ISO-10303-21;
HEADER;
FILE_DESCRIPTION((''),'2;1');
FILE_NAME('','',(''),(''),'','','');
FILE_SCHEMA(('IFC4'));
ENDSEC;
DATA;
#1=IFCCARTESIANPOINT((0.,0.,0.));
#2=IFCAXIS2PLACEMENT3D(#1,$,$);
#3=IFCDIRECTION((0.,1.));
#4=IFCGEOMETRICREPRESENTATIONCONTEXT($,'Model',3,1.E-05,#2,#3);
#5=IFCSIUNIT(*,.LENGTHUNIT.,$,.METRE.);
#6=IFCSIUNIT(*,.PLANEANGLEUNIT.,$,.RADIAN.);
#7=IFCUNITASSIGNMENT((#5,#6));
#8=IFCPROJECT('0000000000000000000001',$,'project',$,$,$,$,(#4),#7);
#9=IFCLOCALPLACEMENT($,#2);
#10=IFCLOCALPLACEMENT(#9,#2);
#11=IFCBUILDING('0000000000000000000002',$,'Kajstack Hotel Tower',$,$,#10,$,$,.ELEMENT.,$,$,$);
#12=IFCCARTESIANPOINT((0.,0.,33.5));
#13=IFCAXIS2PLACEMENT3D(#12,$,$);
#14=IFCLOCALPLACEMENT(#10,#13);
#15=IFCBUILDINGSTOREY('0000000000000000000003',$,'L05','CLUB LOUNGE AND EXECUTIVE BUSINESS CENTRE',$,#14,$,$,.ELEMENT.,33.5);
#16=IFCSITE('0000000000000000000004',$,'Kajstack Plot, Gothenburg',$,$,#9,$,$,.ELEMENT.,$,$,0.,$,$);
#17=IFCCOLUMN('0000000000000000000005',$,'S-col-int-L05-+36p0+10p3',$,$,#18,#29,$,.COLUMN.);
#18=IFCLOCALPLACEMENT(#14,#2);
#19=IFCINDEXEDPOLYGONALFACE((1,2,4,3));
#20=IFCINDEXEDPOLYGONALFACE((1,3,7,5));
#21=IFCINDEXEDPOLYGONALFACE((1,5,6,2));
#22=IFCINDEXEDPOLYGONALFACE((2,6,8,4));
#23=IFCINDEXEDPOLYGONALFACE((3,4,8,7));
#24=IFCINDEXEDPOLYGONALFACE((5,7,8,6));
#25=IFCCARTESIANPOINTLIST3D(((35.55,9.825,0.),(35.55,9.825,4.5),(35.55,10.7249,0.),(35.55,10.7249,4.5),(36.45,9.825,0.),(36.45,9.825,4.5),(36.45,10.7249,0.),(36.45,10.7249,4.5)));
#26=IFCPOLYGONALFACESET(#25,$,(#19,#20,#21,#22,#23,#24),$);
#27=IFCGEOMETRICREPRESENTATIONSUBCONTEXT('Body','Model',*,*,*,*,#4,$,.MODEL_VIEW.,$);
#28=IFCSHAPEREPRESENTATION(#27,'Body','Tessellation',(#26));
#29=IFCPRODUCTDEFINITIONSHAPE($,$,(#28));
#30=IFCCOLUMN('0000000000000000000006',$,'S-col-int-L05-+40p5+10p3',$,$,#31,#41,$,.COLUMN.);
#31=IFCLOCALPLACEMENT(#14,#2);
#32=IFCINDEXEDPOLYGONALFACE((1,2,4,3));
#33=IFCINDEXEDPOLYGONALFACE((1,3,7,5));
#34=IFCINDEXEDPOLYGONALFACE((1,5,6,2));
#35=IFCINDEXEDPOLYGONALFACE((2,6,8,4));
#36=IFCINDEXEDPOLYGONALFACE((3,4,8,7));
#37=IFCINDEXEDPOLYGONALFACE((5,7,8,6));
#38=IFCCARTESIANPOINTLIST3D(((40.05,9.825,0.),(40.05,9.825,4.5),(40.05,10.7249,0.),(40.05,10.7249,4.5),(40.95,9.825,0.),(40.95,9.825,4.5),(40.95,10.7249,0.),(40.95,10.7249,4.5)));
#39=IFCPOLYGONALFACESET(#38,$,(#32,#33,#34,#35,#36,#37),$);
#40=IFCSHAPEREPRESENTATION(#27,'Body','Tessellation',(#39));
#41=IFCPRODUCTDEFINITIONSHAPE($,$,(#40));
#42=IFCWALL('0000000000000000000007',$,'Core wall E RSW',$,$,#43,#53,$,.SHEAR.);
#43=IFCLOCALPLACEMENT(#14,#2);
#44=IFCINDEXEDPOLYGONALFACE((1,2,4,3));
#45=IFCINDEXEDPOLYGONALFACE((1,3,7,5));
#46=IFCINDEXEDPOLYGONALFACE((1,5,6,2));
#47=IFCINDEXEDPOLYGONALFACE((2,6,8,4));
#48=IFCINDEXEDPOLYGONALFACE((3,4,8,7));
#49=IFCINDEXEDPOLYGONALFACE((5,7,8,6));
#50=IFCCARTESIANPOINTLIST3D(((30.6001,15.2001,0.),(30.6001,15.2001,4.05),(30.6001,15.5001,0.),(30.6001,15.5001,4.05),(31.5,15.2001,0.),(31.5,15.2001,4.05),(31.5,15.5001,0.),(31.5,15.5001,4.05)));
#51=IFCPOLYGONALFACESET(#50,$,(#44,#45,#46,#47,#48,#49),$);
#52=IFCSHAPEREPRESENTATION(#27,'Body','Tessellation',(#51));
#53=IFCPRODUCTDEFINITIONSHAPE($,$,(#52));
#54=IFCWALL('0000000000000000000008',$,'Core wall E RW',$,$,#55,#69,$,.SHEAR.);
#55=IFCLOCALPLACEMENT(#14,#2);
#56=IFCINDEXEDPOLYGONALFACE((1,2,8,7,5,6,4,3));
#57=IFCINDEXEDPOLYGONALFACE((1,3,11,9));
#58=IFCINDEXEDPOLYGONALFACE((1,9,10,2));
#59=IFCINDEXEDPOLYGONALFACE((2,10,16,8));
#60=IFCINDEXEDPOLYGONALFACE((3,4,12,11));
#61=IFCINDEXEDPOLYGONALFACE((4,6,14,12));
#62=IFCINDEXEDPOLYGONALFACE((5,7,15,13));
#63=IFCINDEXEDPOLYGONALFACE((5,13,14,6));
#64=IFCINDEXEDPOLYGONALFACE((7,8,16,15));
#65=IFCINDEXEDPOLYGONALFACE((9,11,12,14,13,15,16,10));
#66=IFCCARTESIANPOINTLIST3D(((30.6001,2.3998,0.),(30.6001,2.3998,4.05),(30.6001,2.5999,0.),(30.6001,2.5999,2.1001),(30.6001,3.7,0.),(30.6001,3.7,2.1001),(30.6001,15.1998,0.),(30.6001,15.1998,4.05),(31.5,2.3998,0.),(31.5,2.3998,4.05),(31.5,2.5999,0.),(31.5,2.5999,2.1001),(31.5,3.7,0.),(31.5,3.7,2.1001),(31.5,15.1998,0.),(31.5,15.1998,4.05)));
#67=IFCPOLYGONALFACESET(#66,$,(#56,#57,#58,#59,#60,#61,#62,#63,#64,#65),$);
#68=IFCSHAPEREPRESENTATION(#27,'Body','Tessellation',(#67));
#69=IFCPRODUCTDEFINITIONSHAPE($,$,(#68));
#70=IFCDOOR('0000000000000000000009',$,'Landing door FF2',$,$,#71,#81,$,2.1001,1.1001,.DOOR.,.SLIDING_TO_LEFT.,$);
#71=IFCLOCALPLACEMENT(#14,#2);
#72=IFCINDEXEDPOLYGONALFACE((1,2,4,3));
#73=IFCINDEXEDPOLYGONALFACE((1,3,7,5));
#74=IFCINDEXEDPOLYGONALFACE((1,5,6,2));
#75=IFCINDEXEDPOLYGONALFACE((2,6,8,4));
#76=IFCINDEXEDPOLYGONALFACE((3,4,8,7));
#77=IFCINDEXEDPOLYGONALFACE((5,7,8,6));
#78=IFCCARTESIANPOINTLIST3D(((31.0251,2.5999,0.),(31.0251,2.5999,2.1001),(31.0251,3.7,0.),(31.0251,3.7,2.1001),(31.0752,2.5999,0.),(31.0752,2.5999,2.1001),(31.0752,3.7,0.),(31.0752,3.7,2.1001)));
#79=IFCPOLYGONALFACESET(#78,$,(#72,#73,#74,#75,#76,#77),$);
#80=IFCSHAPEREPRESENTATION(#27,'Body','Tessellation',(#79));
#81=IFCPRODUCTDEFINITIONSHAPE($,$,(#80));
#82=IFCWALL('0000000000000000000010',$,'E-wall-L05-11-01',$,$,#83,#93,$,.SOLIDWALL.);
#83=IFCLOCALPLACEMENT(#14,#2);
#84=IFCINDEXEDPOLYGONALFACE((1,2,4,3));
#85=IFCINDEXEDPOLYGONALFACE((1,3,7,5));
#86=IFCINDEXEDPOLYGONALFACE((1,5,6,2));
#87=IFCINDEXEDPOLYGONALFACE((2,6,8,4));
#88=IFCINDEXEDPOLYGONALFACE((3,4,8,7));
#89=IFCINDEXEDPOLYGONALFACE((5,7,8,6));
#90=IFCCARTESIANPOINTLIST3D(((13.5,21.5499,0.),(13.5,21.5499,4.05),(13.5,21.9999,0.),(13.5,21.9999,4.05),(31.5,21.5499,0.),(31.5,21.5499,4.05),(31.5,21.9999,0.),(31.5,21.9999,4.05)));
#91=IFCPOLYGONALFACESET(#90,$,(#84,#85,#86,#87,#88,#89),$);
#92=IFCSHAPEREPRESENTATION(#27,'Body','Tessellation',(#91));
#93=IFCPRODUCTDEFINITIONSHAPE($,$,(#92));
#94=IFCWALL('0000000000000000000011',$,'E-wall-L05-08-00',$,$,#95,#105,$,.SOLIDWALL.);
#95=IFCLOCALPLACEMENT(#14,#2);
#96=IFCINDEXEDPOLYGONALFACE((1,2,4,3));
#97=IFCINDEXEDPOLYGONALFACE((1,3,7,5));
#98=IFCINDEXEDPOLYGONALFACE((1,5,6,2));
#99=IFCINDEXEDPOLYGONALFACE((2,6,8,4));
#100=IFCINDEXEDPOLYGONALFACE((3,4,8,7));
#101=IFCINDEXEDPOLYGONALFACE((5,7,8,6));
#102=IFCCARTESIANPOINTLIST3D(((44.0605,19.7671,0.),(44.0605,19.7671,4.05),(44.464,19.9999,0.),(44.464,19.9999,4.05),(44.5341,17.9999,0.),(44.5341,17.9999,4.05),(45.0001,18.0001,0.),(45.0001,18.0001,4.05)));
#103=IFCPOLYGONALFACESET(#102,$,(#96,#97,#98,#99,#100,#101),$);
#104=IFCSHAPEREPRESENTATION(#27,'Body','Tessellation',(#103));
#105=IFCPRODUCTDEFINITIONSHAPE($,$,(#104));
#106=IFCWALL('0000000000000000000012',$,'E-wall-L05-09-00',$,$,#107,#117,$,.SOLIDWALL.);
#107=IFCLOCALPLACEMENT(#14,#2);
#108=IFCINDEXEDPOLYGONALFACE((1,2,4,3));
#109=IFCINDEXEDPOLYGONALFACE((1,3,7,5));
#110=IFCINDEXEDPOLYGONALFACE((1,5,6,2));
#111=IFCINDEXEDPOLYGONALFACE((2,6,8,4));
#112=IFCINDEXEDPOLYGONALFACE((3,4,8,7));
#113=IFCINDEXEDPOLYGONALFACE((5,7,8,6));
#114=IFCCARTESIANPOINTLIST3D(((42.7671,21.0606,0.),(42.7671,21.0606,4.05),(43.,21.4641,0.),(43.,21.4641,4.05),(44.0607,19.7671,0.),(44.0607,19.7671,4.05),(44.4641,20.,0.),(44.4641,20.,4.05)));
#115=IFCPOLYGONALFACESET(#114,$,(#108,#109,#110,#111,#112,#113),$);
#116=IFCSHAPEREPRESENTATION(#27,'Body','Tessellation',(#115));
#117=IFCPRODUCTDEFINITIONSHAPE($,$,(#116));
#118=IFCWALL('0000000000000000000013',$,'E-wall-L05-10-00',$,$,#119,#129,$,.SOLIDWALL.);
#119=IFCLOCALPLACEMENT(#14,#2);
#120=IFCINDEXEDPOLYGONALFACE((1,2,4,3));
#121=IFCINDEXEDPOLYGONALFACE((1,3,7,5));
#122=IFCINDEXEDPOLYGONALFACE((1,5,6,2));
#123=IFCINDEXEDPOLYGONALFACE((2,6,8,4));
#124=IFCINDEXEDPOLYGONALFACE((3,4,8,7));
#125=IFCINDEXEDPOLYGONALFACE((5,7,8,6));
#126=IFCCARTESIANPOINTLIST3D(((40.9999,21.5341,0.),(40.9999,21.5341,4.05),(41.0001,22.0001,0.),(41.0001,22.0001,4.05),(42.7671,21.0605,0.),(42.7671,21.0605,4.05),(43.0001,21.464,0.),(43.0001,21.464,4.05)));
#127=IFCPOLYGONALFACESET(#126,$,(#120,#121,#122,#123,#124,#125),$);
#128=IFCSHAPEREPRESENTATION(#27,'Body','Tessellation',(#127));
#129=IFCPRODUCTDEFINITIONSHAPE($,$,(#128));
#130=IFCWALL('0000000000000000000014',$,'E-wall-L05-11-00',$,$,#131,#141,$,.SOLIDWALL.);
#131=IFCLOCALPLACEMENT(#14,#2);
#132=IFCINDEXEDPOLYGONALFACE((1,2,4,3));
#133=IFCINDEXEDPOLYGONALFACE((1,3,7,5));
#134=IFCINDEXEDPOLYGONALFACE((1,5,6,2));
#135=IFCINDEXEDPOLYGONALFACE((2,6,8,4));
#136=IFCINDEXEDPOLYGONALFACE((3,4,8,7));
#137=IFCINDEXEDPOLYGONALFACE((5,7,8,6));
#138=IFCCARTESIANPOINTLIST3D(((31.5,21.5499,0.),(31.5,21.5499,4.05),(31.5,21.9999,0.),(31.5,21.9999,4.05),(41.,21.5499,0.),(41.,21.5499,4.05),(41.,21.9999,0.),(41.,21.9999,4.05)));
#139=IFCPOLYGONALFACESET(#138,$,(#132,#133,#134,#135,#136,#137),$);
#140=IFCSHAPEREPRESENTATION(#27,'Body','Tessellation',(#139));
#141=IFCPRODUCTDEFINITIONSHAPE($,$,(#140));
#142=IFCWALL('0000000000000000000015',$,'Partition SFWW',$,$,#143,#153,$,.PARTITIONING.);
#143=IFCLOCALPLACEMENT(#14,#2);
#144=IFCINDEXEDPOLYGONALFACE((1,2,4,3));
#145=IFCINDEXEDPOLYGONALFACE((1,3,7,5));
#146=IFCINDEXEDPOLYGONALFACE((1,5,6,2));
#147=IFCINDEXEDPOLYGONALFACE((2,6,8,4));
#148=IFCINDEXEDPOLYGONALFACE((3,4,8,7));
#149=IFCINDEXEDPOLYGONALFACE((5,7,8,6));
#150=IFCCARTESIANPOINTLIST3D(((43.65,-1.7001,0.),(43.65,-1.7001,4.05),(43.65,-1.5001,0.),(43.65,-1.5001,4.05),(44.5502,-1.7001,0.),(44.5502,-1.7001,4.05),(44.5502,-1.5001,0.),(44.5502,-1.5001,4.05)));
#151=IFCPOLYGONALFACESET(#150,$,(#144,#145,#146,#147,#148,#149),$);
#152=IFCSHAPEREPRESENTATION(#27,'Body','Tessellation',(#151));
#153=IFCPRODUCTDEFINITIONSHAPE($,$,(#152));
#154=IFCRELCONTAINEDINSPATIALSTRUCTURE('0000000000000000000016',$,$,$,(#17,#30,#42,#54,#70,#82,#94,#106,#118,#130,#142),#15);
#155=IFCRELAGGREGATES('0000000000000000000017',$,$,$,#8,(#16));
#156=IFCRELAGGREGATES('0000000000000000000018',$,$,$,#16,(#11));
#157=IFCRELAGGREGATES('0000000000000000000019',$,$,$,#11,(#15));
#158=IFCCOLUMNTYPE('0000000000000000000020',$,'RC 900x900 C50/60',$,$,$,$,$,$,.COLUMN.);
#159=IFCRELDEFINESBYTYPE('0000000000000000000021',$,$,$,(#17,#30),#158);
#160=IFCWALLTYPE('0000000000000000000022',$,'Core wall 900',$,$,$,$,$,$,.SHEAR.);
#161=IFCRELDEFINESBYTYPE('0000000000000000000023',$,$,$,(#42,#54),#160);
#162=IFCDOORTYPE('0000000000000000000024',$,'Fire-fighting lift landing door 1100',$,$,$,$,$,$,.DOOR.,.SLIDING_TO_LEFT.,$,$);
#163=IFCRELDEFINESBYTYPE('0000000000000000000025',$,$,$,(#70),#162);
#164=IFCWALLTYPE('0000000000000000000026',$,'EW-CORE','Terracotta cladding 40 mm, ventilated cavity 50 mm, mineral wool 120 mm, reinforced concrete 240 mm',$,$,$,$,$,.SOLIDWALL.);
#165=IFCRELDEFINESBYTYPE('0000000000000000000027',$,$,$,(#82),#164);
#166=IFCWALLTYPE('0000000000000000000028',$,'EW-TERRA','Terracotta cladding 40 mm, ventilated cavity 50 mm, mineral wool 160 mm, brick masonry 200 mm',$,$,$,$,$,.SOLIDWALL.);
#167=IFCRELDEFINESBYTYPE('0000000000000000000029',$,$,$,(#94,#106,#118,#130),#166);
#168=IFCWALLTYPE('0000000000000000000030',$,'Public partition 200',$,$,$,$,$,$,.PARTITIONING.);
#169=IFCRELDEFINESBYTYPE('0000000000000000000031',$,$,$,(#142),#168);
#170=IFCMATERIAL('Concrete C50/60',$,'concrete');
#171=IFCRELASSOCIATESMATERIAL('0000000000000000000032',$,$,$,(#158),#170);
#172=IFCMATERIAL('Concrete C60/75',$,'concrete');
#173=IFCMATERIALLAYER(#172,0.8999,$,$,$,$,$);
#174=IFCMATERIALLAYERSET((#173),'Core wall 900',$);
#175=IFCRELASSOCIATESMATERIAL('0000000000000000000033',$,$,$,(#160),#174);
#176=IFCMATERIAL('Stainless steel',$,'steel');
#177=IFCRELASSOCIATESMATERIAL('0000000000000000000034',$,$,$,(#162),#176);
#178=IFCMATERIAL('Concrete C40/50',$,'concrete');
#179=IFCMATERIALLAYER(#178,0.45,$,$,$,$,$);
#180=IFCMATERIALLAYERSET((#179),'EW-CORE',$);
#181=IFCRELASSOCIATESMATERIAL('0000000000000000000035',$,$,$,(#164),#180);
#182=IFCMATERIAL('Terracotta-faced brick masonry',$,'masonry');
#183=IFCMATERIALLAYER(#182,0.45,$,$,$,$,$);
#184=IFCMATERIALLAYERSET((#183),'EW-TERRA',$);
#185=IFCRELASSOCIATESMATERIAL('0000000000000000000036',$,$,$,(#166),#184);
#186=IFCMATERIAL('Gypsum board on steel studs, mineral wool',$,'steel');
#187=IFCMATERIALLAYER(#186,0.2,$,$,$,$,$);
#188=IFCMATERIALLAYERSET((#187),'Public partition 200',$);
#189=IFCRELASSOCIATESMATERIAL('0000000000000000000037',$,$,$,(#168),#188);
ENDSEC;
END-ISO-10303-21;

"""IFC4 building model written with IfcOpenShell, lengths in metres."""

from ifc_helpers import new_model, si_unit, direction, frame, frame_2d, origin, origin_2d, place, context, subcontext, project, spatial, polyline, rectangle, outline, extrude, material, layer, layer_set, material_profile, profile_set, type_object, element, fill, save


model = new_model("IFC4")

# Units and contexts
model_context = context("Model", 3, precision=1e-05, world=origin(), true_north=direction((0.0, 1.0)))
body_context = subcontext(model_context, "Body", "Model", "MODEL_VIEW")
ifc_project = project(units=[si_unit("LENGTHUNIT", "METRE"), si_unit("PLANEANGLEUNIT", "RADIAN")], contexts=[model_context])

# Site, building, storey
site_placement = place(None, origin())
site = spatial("IfcSite", under=ifc_project, at=site_placement, Name="Kajstack Plot, Gothenburg", CompositionType="ELEMENT", RefElevation=0.0)
building_placement = place(site_placement, origin())
building = spatial("IfcBuilding", under=site, at=building_placement, Name="Kajstack Hotel Tower", CompositionType="ELEMENT")
storey_placement = place(building_placement, frame((0.0, 0.0, 33.5)))
storey = spatial("IfcBuildingStorey", under=building, at=storey_placement, Name="L05", Description="CLUB LOUNGE AND EXECUTIVE BUSINESS CENTRE", CompositionType="ELEMENT", Elevation=33.5)

# Columns
ifc_material_1 = material(Name="Concrete C50/60", Category="concrete")
ifc_material_profile = material_profile(ifc_material_1, rectangle(XDim=0.8999, YDim=0.8999, at=origin_2d()), Name="RC 900x900")
ifc_profile_set = profile_set([ifc_material_profile], Name="Concrete C50/60")
column_type = type_object("IfcColumnType", Name="RC 900x900 C50/60", PredefinedType="COLUMN", material=ifc_profile_set)
for number, where, z_axis, x_axis, name in (
    (1, (36.0, 10.2749, 0.0), (0.0, 0.0, 1.0), (1.0, 0.0, 0.0), "S-col-int-L05-+36p0+10p3"),
    (2, (40.5, 10.2749, 0.0), (0.0, 0.0, 1.0), (1.0, 0.0, 0.0), "S-col-int-L05-+40p5+10p3"),
):
    element("IfcColumn", number, at=place(storey_placement, frame(where, z_axis=z_axis, x_axis=x_axis)), inside=storey, type_object=column_type, Name=name, PredefinedType="COLUMN", context=body_context, shape_type="SweptSolid", body=[
        extrude(rectangle(XDim=0.8999, YDim=0.8999, at=origin_2d()), origin(), (0.0, 0.0, 1.0), 4.5),
    ])

# Wall
ifc_material_2 = material(Name="Concrete C60/75", Category="concrete")
ifc_layer_1 = layer(ifc_material_2, 0.8999)
ifc_layer_set_1 = layer_set([ifc_layer_1], Name="Core wall 900")
wall_type_1 = type_object("IfcWallType", Name="Core wall 900", PredefinedType="SHEAR", material=ifc_layer_set_1)
wall_1_placement = place(storey_placement, frame((30.6001, 15.3501, 0.0), z_axis=(0.0, 0.0, 1.0), x_axis=(1.0, 0.0, 0.0)))
element("IfcWall", 3, at=wall_1_placement, inside=storey, type_object=wall_type_1, Name="Core wall E RSW", PredefinedType="SHEAR", context=body_context, shape_type="SweptSolid", body=[
    extrude(rectangle(XDim=0.8999, YDim=0.3, at=frame_2d((0.45, 0.0))), origin(), (0.0, 0.0, 1.0), 4.05),
])

# Wall, opening, door
wall_2_placement = place(storey_placement, frame((31.05, 2.3999, 0.0), z_axis=(0.0, 0.0, 1.0), x_axis=(0.0, 1.0, 0.0)))
wall_2 = element("IfcWall", 4, at=wall_2_placement, inside=storey, type_object=wall_type_1, Name="Core wall E RW", PredefinedType="SHEAR", context=body_context, shape_type="SweptSolid", body=[
    extrude(rectangle(XDim=12.8, YDim=0.8999, at=frame_2d((6.3999, 0.0))), origin(), (0.0, 0.0, 1.0), 4.05),
])
opening_1_placement = place(wall_2_placement, frame((0.2, 0.0, 0.0)))
opening_1 = element("IfcOpeningElement", 5, at=opening_1_placement, cuts=wall_2, PredefinedType="OPENING", context=body_context, shape_type="SweptSolid", body=[
    extrude(rectangle(XDim=1.1001, YDim=2.1001, at=frame_2d((0.55, 1.05))), frame((0.0, 0.46, 0.0), z_axis=(0.0, -1.0, 0.0), x_axis=(1.0, 0.0, 0.0)), (0.0, 0.0, 1.0), 0.9199),
])
ifc_material_3 = material(Name="Stainless steel", Category="steel")
door_type_1 = type_object("IfcDoorType", Name="Fire-fighting lift landing door 1100", OperationType="SLIDING_TO_LEFT", PredefinedType="DOOR", material=ifc_material_3)
door_1_placement = place(opening_1_placement, origin())
door_1 = element("IfcDoor", 6, at=door_1_placement, inside=storey, type_object=door_type_1, Name="Landing door FF2", OperationType="SLIDING_TO_LEFT", OverallHeight=2.1001, OverallWidth=1.1001, PredefinedType="DOOR", context=body_context, shape_type="SweptSolid", body=[
    extrude(rectangle(XDim=1.1001, YDim=2.1001, at=frame_2d((0.55, 1.05))), frame((0.0, 0.0249, 0.0), z_axis=(0.0, -1.0, 0.0), x_axis=(1.0, 0.0, 0.0)), (0.0, 0.0, 1.0), 0.05),
])
fill(opening_1, door_1)

# Walls
ifc_material_4 = material(Name="Concrete C40/50", Category="concrete")
ifc_layer_2 = layer(ifc_material_4, 0.45)
ifc_layer_set_2 = layer_set([ifc_layer_2], Name="EW-CORE")
wall_type_2 = type_object("IfcWallType", Name="EW-CORE", Description="Terracotta cladding 40 mm, ventilated cavity 50 mm, mineral wool 120 mm, reinforced concrete 240 mm", PredefinedType="SOLIDWALL", material=ifc_layer_set_2)
wall_3_placement = place(storey_placement, frame((31.5, 21.7749, 0.0), z_axis=(0.0, 0.0, 1.0), x_axis=(-1.0, 0.0, 0.0)))
element("IfcWall", 7, at=wall_3_placement, inside=storey, type_object=wall_type_2, Name="E-wall-L05-11-01", PredefinedType="SOLIDWALL", context=body_context, shape_type="SweptSolid", body=[
    extrude(rectangle(XDim=18.0, YDim=0.45, at=frame_2d((9.0, 0.0))), origin(), (0.0, 0.0, 1.0), 4.05),
])
ifc_material_5 = material(Name="Terracotta-faced brick masonry", Category="masonry")
ifc_layer_3 = layer(ifc_material_5, 0.45)
ifc_layer_set_3 = layer_set([ifc_layer_3], Name="EW-TERRA")
wall_type_3 = type_object("IfcWallType", Name="EW-TERRA", Description="Terracotta cladding 40 mm, ventilated cavity 50 mm, mineral wool 160 mm, brick masonry 200 mm", PredefinedType="SOLIDWALL", material=ifc_layer_set_3)
wall_4_placement = place(storey_placement, frame((44.7827, 17.9417, 0.0), z_axis=(0.0, 0.0, 1.0), x_axis=(-0.258815, 0.965927, 0.0)))
element("IfcWall", 8, at=wall_4_placement, inside=storey, type_object=wall_type_3, Name="E-wall-L05-08-00", PredefinedType="SOLIDWALL", context=body_context, shape_type="SweptSolid", body=[
    extrude(outline(polyline([(0.0002, -0.2251), (2.0706, -0.2249), (1.9502, 0.2251), (0.1206, 0.2251), (0.0002, -0.2251)])), origin(), (0.0, 0.0, 1.0), 4.05),
])
wall_5_placement = place(storey_placement, frame((44.3049, 19.8408, 0.0), z_axis=(0.0, 0.0, 1.0), x_axis=(-0.707107, 0.707107, 0.0)))
element("IfcWall", 9, at=wall_5_placement, inside=storey, type_object=wall_type_3, Name="E-wall-L05-09-00", PredefinedType="SOLIDWALL", context=body_context, shape_type="SweptSolid", body=[
    extrude(outline(polyline([(0.0, -0.2251), (2.0706, -0.2251), (1.95, 0.2249), (0.1206, 0.2249), (0.0, -0.2251)])), origin(), (0.0, 0.0, 1.0), 4.05),
])
wall_6_placement = place(storey_placement, frame((42.9417, 21.2468, 0.0), z_axis=(0.0, 0.0, 1.0), x_axis=(-0.965927, 0.258815, 0.0)))
element("IfcWall", 10, at=wall_6_placement, inside=storey, type_object=wall_type_3, Name="E-wall-L05-10-00", PredefinedType="SOLIDWALL", context=body_context, shape_type="SweptSolid", body=[
    extrude(outline(polyline([(-0.0002, -0.2249), (2.0703, -0.2251), (1.95, 0.2251), (0.1204, 0.2251), (-0.0002, -0.2249)])), origin(), (0.0, 0.0, 1.0), 4.05),
])
wall_7_placement = place(storey_placement, frame((41.0, 21.7749, 0.0), z_axis=(0.0, 0.0, 1.0), x_axis=(-1.0, 0.0, 0.0)))
element("IfcWall", 11, at=wall_7_placement, inside=storey, type_object=wall_type_3, Name="E-wall-L05-11-00", PredefinedType="SOLIDWALL", context=body_context, shape_type="SweptSolid", body=[
    extrude(rectangle(XDim=9.5, YDim=0.45, at=frame_2d((4.75, 0.0))), origin(), (0.0, 0.0, 1.0), 4.05),
])
ifc_material_6 = material(Name="Gypsum board on steel studs, mineral wool", Category="steel")
ifc_layer_4 = layer(ifc_material_6, 0.2)
ifc_layer_set_4 = layer_set([ifc_layer_4], Name="Public partition 200")
wall_type_4 = type_object("IfcWallType", Name="Public partition 200", PredefinedType="PARTITIONING", material=ifc_layer_set_4)
wall_8_placement = place(storey_placement, frame((43.6499, -1.6001, 0.0), z_axis=(0.0, 0.0, 1.0), x_axis=(1.0, 0.0, 0.0)))
element("IfcWall", 12, at=wall_8_placement, inside=storey, type_object=wall_type_4, Name="Partition SFWW", PredefinedType="PARTITIONING", context=body_context, shape_type="SweptSolid", body=[
    extrude(rectangle(XDim=0.9001, YDim=0.2, at=frame_2d((0.4502, 0.0))), origin(), (0.0, 0.0, 1.0), 4.05),
])

save(model, "model.ifc")
